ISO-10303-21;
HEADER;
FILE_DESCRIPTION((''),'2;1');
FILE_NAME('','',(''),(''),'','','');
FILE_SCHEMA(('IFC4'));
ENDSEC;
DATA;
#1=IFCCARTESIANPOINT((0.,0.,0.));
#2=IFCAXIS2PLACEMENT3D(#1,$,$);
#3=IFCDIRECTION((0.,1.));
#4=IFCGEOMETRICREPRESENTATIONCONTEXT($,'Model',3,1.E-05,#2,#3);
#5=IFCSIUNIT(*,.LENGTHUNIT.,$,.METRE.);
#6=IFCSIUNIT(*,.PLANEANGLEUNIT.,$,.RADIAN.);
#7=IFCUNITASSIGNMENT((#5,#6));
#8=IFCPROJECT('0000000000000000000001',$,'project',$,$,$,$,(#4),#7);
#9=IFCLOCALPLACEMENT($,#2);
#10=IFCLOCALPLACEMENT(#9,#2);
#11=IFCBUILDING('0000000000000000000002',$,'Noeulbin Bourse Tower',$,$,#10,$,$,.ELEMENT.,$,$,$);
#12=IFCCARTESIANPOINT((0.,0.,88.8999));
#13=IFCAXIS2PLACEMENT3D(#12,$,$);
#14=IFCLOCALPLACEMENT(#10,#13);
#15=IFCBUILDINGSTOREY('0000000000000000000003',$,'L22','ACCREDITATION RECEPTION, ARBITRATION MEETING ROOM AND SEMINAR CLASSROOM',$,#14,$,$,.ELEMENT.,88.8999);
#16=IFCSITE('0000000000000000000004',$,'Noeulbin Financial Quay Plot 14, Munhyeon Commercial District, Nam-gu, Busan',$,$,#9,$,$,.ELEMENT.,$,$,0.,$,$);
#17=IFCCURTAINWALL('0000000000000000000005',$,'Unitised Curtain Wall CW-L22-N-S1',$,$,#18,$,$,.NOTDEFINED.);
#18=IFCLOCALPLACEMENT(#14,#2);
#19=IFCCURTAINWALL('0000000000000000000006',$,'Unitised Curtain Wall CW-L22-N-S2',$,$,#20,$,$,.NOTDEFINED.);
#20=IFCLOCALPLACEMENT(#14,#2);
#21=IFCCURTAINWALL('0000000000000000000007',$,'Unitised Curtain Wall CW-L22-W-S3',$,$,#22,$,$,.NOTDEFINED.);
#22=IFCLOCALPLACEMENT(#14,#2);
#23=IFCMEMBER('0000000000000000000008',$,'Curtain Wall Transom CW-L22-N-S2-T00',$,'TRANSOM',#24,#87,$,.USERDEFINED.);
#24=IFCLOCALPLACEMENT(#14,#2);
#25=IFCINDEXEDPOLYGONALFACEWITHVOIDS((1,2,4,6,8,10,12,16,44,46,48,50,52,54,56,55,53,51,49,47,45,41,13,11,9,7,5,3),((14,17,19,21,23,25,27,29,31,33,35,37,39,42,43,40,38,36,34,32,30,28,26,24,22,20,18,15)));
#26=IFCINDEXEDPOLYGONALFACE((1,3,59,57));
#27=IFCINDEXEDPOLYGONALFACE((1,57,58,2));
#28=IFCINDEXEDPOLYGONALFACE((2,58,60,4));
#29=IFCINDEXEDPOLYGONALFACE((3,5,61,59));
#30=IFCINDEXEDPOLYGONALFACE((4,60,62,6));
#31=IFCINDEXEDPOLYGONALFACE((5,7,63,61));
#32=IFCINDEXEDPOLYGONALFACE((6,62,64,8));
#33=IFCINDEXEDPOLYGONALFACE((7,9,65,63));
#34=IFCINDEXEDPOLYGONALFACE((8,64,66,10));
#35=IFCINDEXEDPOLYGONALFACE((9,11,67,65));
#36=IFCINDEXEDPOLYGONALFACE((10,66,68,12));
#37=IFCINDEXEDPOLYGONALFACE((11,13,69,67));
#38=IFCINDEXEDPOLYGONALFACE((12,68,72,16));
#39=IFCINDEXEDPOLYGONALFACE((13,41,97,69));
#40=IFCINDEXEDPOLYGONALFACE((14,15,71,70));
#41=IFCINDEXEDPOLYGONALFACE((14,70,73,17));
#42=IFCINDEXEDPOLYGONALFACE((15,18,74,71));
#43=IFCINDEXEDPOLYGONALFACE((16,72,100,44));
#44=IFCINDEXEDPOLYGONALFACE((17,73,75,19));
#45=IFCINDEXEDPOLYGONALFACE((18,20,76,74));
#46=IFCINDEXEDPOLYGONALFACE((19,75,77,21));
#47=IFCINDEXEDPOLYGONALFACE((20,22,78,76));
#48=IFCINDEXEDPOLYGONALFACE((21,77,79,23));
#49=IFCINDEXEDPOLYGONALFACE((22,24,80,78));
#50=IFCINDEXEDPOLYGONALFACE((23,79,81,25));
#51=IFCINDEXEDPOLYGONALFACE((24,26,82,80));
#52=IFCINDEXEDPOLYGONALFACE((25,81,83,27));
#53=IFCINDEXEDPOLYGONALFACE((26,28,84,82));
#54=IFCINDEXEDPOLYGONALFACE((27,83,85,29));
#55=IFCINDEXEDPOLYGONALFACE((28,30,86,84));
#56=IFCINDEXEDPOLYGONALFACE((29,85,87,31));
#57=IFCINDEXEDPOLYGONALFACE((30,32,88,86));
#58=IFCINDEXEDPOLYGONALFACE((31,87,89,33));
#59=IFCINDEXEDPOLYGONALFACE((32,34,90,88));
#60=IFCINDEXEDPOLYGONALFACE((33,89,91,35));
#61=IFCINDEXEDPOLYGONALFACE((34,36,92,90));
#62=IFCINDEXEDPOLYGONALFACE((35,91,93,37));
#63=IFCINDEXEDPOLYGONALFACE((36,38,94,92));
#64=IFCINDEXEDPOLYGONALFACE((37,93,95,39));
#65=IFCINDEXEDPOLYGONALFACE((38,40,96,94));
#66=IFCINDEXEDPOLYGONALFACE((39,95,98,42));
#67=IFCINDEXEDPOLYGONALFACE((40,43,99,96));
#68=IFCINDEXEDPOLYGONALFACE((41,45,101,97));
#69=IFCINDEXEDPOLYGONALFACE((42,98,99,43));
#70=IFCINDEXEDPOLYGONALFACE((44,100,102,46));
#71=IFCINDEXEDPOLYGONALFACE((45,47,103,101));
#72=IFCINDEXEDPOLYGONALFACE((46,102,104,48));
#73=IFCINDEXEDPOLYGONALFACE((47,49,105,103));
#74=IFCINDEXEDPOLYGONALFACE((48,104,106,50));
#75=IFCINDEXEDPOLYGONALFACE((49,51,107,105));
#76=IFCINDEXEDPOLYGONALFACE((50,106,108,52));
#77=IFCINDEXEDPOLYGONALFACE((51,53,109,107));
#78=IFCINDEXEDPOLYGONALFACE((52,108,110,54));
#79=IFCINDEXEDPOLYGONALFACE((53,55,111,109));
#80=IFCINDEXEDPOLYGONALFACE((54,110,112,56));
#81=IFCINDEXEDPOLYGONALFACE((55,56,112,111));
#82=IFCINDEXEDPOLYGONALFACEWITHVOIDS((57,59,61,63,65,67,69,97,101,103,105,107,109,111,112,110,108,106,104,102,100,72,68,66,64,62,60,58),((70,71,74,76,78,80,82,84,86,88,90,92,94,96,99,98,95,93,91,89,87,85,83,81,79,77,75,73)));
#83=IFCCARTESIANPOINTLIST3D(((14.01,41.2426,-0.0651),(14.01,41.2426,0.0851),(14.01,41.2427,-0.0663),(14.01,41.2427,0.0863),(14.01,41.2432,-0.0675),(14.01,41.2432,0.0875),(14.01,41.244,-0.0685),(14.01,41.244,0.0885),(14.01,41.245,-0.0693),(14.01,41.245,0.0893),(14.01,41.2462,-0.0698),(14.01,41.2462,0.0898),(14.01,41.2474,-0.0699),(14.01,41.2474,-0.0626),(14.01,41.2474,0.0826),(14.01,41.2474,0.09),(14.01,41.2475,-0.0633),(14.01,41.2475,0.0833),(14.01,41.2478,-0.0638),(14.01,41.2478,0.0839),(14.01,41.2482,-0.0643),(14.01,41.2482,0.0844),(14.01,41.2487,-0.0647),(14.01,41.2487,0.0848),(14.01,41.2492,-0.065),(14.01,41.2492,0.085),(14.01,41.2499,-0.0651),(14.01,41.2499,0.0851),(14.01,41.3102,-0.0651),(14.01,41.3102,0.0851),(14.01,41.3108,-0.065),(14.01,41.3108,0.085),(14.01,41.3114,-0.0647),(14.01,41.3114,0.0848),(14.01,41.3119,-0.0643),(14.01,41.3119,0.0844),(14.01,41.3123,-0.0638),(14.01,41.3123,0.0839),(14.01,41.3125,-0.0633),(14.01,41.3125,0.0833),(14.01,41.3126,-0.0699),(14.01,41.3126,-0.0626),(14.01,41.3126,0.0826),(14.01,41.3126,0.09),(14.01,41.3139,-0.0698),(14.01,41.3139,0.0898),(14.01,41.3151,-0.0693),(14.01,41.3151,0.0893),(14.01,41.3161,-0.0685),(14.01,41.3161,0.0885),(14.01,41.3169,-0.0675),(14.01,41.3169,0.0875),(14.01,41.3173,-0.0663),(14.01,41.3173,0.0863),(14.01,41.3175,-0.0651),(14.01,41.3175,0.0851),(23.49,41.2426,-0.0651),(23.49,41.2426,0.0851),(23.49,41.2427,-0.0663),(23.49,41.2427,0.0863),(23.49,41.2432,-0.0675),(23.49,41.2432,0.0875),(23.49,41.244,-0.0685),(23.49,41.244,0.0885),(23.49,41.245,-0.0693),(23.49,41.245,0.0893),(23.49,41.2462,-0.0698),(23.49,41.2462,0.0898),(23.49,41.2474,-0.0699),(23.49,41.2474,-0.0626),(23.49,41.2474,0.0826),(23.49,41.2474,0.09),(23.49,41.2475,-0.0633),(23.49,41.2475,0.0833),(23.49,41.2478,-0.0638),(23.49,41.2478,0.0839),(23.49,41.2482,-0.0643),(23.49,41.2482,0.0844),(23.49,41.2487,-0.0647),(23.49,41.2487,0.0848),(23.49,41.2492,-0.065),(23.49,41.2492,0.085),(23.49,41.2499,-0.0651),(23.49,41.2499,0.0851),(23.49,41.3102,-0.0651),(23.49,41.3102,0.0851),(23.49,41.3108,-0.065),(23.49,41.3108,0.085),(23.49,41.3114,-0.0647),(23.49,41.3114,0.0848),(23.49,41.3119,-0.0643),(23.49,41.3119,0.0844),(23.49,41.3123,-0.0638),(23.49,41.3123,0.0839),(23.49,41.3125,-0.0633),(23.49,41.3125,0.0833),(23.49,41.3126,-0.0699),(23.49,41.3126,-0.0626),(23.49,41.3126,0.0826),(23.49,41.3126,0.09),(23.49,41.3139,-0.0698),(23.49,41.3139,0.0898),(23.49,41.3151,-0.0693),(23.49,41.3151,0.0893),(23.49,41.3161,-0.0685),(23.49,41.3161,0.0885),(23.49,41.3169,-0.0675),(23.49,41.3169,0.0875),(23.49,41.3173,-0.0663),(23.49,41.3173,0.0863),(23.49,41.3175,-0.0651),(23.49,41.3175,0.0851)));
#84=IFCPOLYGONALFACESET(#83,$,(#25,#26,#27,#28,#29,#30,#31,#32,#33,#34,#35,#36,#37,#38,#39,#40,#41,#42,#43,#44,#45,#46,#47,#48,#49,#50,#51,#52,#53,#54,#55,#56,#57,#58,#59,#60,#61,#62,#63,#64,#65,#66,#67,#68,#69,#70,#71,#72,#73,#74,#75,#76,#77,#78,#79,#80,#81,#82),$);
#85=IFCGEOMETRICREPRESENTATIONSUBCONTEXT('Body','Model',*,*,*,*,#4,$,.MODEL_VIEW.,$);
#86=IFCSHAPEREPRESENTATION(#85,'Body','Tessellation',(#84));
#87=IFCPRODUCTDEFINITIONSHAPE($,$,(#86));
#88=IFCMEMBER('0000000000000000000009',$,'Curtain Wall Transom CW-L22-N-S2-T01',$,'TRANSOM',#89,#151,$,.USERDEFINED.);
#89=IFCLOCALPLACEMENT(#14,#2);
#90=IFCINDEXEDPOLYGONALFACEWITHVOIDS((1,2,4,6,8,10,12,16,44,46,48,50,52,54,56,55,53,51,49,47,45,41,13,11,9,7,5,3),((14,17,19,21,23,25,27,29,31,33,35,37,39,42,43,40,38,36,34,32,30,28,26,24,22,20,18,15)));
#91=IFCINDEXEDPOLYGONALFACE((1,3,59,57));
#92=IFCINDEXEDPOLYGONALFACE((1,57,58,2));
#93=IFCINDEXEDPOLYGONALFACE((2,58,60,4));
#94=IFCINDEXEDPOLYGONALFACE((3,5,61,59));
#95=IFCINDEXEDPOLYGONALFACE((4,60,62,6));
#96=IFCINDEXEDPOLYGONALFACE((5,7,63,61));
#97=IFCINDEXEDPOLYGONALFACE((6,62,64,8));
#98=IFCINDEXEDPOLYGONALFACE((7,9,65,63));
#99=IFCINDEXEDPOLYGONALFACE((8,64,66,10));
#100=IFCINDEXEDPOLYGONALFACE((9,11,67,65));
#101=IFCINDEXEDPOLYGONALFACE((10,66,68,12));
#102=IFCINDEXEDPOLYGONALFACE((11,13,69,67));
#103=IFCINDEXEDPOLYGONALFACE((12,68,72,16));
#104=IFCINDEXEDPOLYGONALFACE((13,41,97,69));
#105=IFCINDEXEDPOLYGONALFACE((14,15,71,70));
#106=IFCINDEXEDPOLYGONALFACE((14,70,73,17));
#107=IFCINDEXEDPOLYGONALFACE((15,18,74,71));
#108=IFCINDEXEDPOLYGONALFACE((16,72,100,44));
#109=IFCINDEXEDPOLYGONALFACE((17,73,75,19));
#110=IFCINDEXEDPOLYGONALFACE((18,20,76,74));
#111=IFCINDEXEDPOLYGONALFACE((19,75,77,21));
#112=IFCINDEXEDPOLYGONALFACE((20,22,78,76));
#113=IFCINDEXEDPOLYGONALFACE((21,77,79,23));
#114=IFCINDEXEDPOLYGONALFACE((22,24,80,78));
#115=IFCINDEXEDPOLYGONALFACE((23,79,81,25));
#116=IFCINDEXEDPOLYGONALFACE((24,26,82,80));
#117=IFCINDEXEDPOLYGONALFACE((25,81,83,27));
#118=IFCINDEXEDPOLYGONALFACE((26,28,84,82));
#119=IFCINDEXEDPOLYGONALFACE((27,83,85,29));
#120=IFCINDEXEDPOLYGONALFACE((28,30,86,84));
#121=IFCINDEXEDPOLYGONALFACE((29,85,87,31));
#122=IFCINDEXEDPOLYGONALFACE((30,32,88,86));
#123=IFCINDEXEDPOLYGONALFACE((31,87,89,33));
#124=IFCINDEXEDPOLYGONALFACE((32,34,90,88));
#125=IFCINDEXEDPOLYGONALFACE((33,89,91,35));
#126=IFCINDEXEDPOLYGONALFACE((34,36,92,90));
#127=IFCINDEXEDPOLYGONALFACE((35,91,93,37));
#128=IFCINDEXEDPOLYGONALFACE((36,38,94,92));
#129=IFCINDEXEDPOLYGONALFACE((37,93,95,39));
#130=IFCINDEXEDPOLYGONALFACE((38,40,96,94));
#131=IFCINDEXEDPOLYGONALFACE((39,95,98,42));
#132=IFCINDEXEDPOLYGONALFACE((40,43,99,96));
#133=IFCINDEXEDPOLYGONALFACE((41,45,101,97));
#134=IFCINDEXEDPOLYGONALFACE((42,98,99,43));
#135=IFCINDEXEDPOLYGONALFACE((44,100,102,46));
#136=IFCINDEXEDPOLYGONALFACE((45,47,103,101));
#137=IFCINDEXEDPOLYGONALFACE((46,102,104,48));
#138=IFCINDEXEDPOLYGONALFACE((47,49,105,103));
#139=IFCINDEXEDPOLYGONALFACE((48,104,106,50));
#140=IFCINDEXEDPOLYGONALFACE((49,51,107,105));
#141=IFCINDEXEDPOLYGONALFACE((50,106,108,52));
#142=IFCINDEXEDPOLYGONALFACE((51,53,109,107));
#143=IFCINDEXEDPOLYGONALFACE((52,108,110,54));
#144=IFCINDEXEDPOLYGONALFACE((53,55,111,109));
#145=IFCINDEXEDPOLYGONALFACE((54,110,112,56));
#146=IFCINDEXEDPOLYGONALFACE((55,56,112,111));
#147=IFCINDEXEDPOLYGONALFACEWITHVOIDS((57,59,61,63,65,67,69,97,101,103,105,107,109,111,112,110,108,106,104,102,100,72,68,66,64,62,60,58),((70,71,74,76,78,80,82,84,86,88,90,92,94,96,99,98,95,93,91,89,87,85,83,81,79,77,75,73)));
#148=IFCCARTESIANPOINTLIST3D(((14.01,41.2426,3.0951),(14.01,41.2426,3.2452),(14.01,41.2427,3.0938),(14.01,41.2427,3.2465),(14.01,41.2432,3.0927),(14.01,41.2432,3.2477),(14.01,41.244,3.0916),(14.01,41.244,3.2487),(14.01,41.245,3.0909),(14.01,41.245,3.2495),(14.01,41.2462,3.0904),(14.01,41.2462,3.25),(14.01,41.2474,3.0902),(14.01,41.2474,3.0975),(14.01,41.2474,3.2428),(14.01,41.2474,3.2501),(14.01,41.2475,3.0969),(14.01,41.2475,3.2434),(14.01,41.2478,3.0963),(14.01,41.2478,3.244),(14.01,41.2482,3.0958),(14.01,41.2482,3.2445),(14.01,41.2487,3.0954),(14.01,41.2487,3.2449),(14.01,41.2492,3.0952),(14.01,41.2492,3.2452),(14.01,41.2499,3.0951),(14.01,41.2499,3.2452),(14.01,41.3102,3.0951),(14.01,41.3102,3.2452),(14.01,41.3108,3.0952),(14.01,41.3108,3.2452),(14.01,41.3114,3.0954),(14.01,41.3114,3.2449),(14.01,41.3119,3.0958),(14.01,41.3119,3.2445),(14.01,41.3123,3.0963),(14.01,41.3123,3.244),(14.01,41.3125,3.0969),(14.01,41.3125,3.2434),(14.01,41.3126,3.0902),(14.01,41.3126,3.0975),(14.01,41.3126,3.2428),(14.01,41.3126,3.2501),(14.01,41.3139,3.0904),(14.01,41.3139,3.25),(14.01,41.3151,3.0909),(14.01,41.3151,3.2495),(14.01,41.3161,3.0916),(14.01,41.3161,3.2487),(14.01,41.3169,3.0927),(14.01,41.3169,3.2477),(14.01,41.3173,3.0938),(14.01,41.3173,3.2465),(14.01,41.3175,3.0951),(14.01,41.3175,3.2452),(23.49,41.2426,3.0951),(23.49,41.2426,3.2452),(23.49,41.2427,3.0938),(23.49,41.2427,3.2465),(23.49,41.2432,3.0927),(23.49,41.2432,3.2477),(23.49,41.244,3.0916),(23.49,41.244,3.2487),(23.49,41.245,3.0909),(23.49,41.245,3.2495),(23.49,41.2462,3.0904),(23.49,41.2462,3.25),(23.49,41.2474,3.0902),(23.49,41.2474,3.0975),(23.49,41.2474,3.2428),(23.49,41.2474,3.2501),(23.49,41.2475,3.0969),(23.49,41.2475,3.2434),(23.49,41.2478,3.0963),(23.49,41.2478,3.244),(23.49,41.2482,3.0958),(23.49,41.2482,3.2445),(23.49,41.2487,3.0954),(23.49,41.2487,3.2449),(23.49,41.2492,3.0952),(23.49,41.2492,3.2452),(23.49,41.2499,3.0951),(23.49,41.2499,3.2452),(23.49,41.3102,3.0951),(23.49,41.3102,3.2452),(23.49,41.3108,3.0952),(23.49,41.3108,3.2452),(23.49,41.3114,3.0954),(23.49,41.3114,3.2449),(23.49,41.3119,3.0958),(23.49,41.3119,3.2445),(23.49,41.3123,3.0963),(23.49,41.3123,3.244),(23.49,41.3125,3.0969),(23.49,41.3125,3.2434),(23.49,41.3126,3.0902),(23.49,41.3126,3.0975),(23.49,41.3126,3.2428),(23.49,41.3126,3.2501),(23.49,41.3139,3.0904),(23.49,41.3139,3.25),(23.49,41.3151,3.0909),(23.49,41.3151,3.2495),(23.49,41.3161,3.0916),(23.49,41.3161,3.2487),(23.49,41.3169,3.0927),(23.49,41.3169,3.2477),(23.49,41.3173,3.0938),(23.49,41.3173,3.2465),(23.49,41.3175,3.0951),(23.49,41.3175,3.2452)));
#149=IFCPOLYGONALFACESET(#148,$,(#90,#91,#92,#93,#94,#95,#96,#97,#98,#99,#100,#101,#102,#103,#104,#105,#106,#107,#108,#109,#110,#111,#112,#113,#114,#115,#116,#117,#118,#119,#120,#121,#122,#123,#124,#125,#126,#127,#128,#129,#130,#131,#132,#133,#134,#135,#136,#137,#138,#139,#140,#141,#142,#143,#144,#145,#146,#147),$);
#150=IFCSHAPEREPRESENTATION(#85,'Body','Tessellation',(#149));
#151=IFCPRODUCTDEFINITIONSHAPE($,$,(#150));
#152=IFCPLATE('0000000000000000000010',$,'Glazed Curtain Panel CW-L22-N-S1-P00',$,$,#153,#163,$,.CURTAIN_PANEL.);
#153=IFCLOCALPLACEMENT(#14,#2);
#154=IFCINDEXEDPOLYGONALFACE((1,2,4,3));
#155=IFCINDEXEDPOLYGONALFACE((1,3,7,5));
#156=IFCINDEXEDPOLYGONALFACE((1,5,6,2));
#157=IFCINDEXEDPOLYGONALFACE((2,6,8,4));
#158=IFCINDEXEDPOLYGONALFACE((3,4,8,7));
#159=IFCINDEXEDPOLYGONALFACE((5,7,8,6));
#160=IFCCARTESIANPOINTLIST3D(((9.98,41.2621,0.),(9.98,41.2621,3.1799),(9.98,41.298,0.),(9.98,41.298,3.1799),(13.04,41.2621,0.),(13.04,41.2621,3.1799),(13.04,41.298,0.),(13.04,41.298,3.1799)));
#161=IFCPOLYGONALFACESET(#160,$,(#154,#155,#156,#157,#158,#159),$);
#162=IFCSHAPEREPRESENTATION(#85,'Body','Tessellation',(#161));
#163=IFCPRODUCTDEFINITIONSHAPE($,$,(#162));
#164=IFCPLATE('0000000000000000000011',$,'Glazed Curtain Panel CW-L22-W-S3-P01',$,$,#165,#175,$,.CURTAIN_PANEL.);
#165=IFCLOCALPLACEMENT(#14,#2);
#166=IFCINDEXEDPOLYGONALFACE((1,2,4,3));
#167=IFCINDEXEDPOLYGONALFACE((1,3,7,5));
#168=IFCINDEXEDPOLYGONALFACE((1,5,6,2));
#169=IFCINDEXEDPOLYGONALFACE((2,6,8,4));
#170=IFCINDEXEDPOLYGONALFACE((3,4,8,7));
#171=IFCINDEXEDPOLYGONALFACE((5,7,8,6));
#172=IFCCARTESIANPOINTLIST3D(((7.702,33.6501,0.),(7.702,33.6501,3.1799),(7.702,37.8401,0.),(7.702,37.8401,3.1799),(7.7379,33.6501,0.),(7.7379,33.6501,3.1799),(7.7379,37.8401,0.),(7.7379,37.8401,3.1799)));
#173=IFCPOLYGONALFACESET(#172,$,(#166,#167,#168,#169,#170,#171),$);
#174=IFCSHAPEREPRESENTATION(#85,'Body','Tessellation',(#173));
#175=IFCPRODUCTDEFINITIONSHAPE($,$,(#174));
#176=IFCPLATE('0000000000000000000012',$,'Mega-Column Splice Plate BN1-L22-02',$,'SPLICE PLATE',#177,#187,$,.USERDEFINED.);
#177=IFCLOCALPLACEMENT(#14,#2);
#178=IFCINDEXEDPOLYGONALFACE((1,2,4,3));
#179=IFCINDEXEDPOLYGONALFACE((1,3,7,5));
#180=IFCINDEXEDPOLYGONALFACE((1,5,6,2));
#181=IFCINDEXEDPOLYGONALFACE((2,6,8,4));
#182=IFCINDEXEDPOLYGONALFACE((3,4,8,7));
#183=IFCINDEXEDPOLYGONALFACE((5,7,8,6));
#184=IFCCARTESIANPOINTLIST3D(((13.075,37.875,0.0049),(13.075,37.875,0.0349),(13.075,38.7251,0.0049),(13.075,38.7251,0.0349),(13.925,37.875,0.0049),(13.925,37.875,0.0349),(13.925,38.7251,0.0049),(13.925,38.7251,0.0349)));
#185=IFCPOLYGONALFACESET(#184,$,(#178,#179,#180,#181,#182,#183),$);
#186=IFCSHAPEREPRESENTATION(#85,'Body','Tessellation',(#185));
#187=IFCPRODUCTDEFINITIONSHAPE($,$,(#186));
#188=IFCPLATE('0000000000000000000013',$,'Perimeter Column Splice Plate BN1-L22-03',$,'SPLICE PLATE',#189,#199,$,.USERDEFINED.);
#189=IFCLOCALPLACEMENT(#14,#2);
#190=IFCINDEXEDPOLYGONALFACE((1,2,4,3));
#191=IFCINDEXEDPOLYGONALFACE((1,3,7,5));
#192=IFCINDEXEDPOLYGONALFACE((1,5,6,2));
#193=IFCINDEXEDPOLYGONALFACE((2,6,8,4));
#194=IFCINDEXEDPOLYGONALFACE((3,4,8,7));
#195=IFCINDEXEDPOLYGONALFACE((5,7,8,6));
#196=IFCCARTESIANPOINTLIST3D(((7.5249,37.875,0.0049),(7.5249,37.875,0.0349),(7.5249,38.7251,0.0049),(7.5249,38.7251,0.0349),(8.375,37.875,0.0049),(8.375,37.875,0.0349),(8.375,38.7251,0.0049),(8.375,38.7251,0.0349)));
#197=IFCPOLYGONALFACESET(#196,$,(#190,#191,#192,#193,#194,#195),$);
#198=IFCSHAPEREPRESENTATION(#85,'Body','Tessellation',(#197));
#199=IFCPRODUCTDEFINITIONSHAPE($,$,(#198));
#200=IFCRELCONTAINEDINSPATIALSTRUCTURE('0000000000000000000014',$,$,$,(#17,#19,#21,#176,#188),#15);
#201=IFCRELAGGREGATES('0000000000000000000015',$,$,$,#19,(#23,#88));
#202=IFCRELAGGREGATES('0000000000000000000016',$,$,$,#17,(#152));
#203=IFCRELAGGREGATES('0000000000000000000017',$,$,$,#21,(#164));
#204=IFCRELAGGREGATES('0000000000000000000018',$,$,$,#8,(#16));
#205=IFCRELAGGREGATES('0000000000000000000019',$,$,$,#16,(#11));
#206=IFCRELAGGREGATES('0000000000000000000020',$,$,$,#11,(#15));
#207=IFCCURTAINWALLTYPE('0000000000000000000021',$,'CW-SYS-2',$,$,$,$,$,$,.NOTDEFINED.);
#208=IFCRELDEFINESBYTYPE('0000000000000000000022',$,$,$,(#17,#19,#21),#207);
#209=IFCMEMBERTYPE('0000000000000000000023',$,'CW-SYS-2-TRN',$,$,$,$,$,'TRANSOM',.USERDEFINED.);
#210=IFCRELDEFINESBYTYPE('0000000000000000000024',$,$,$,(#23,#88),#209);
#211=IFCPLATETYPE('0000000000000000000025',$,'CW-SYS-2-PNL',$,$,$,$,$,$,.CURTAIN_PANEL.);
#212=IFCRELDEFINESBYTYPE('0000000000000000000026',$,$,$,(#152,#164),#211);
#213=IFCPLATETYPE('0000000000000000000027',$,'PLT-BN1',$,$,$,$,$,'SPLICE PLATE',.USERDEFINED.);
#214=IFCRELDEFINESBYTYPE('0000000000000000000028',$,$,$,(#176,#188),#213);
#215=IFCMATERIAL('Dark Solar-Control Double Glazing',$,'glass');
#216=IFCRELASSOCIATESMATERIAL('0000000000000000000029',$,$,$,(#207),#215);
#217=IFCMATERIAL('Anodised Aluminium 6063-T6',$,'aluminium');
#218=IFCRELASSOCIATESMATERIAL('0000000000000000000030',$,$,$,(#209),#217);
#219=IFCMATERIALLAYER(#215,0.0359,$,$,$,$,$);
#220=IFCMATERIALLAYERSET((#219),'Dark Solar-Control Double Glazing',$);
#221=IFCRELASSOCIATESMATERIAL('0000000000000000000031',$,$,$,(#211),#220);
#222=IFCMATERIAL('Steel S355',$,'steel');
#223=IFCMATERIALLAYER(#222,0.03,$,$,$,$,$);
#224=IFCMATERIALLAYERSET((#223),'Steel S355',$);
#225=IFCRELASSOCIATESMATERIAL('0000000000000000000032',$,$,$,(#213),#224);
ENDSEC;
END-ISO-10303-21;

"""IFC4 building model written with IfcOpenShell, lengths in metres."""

from ifc_helpers import new_model, si_unit, direction, frame, origin, origin_2d, place, context, subcontext, project, spatial, rectangle, hollow_rectangle, extrude, material, layer, layer_set, material_profile, profile_set, type_object, element, aggregate, save


model = new_model("IFC4")

# Units and contexts
model_context = context("Model", 3, precision=1e-05, world=origin(), true_north=direction((0.0, 1.0)))
body_context = subcontext(model_context, "Body", "Model", "MODEL_VIEW")
ifc_project = project(units=[si_unit("LENGTHUNIT", "METRE"), si_unit("PLANEANGLEUNIT", "RADIAN")], contexts=[model_context])

# Site, building, storey
site_placement = place(None, origin())
site = spatial("IfcSite", under=ifc_project, at=site_placement, Name="Noeulbin Financial Quay Plot 14, Munhyeon Commercial District, Nam-gu, Busan", CompositionType="ELEMENT", RefElevation=0.0)
building_placement = place(site_placement, origin())
building = spatial("IfcBuilding", under=site, at=building_placement, Name="Noeulbin Bourse Tower", CompositionType="ELEMENT")
storey_placement = place(building_placement, frame((0.0, 0.0, 88.8999)))
storey = spatial("IfcBuildingStorey", under=building, at=storey_placement, Name="L22", Description="ACCREDITATION RECEPTION, ARBITRATION MEETING ROOM AND SEMINAR CLASSROOM", CompositionType="ELEMENT", Elevation=88.8999)

# Shared definitions
ifc_material_1 = material(Name="Steel S355", Category="steel")

# Curtain wall
ifc_material_2 = material(Name="Dark Solar-Control Double Glazing", Category="glass")
curtain_wall_type = type_object("IfcCurtainWallType", Name="CW-SYS-2", PredefinedType="NOTDEFINED", material=ifc_material_2)
curtain_wall_1_placement = place(storey_placement, origin())
curtain_wall_1 = element("IfcCurtainWall", 1, at=curtain_wall_1_placement, inside=storey, type_object=curtain_wall_type, Name="Unitised Curtain Wall CW-L22-N-S1", PredefinedType="NOTDEFINED")
ifc_material_3 = material(Name="Anodised Aluminium 6063-T6", Category="aluminium")

# Curtain walls
curtain_wall_2_placement = place(storey_placement, origin())
curtain_wall_2 = element("IfcCurtainWall", 2, at=curtain_wall_2_placement, inside=storey, type_object=curtain_wall_type, Name="Unitised Curtain Wall CW-L22-N-S2", PredefinedType="NOTDEFINED")
curtain_wall_3_placement = place(storey_placement, origin())
curtain_wall_3 = element("IfcCurtainWall", 3, at=curtain_wall_3_placement, inside=storey, type_object=curtain_wall_type, Name="Unitised Curtain Wall CW-L22-W-S3", PredefinedType="NOTDEFINED")

# Members
ifc_material_profile_1 = material_profile(ifc_material_3, hollow_rectangle(XDim=0.075, YDim=0.1599, WallThickness=0.0049, InnerFilletRadius=0.0024, OuterFilletRadius=0.0049, at=origin_2d()), Name="ALU-TRAN-75x160x5", Category="LoadBearing")
ifc_profile_set_1 = profile_set([ifc_material_profile_1], Name="Anodised Aluminium 6063-T6")
member_type_1 = type_object("IfcMemberType", Name="CW-SYS-2-TRN", ElementType="TRANSOM", PredefinedType="USERDEFINED", material=ifc_profile_set_1)
member_1_placement = place(storey_placement, frame((14.01, 41.28, 0.01), z_axis=(1.0, 0.0, 0.0), x_axis=(0.0, 1.0, 0.0)))
member_1 = element("IfcMember", 4, at=member_1_placement, type_object=member_type_1, Name="Curtain Wall Transom CW-L22-N-S2-T00", ObjectType="TRANSOM", PredefinedType="USERDEFINED", context=body_context, shape_type="SweptSolid", body=[
    extrude(hollow_rectangle(XDim=0.075, YDim=0.1599, WallThickness=0.0049, InnerFilletRadius=0.0024, OuterFilletRadius=0.0049, at=origin_2d()), origin(), (0.0, 0.0, 1.0), 9.48),
])
member_2_placement = place(storey_placement, frame((14.01, 41.28, 3.1702), z_axis=(1.0, 0.0, 0.0), x_axis=(0.0, 1.0, 0.0)))
member_2 = element("IfcMember", 5, at=member_2_placement, type_object=member_type_1, Name="Curtain Wall Transom CW-L22-N-S2-T01", ObjectType="TRANSOM", PredefinedType="USERDEFINED", context=body_context, shape_type="SweptSolid", body=[
    extrude(hollow_rectangle(XDim=0.075, YDim=0.1599, WallThickness=0.0049, InnerFilletRadius=0.0024, OuterFilletRadius=0.0049, at=origin_2d()), origin(), (0.0, 0.0, 1.0), 9.48),
])
aggregate(curtain_wall_2, [member_1, member_2])

# Plates
ifc_layer_1 = layer(ifc_material_2, 0.0359)
ifc_layer_set_1 = layer_set([ifc_layer_1], Name="Dark Solar-Control Double Glazing")
plate_type_1 = type_object("IfcPlateType", Name="CW-SYS-2-PNL", PredefinedType="CURTAIN_PANEL", material=ifc_layer_set_1)
plate_1_placement = place(storey_placement, frame((11.51, 41.28, 0.0), z_axis=(0.0, 0.0, 1.0), x_axis=(1.0, 0.0, 0.0)))
plate_1 = element("IfcPlate", 6, at=plate_1_placement, type_object=plate_type_1, Name="Glazed Curtain Panel CW-L22-N-S1-P00", PredefinedType="CURTAIN_PANEL", context=body_context, shape_type="SweptSolid", body=[
    extrude(rectangle(XDim=3.0601, YDim=0.0359, at=origin_2d()), origin(), (0.0, 0.0, 1.0), 3.1799),
])
aggregate(curtain_wall_1, [plate_1])
plate_2_placement = place(storey_placement, frame((7.72, 35.7451, 0.0), z_axis=(0.0, 0.0, 1.0), x_axis=(0.0, 1.0, 0.0)))
plate_2 = element("IfcPlate", 7, at=plate_2_placement, type_object=plate_type_1, Name="Glazed Curtain Panel CW-L22-W-S3-P01", PredefinedType="CURTAIN_PANEL", context=body_context, shape_type="SweptSolid", body=[
    extrude(rectangle(XDim=4.1899, YDim=0.0359, at=origin_2d()), origin(), (0.0, 0.0, 1.0), 3.1799),
])
aggregate(curtain_wall_3, [plate_2])

# Plates
ifc_layer_2 = layer(ifc_material_1, 0.03)
ifc_layer_set_2 = layer_set([ifc_layer_2], Name="Steel S355")
plate_type_2 = type_object("IfcPlateType", Name="PLT-BN1", ElementType="SPLICE PLATE", PredefinedType="USERDEFINED", material=ifc_layer_set_2)
for number, where, z_axis, x_axis, name in (
    (8, (13.5, 38.3, 0.0049), (0.0, 0.0, 1.0), (1.0, 0.0, 0.0), "Mega-Column Splice Plate BN1-L22-02"),
    (9, (7.95, 38.3, 0.0049), (0.0, 0.0, 1.0), (1.0, 0.0, 0.0), "Perimeter Column Splice Plate BN1-L22-03"),
):
    element("IfcPlate", number, at=place(storey_placement, frame(where, z_axis=z_axis, x_axis=x_axis)), inside=storey, type_object=plate_type_2, Name=name, ObjectType="SPLICE PLATE", PredefinedType="USERDEFINED", context=body_context, shape_type="SweptSolid", body=[
        extrude(rectangle(XDim=0.8501, YDim=0.8501, at=origin_2d()), origin(), (0.0, 0.0, 1.0), 0.03),
    ])

save(model, "model.ifc")
